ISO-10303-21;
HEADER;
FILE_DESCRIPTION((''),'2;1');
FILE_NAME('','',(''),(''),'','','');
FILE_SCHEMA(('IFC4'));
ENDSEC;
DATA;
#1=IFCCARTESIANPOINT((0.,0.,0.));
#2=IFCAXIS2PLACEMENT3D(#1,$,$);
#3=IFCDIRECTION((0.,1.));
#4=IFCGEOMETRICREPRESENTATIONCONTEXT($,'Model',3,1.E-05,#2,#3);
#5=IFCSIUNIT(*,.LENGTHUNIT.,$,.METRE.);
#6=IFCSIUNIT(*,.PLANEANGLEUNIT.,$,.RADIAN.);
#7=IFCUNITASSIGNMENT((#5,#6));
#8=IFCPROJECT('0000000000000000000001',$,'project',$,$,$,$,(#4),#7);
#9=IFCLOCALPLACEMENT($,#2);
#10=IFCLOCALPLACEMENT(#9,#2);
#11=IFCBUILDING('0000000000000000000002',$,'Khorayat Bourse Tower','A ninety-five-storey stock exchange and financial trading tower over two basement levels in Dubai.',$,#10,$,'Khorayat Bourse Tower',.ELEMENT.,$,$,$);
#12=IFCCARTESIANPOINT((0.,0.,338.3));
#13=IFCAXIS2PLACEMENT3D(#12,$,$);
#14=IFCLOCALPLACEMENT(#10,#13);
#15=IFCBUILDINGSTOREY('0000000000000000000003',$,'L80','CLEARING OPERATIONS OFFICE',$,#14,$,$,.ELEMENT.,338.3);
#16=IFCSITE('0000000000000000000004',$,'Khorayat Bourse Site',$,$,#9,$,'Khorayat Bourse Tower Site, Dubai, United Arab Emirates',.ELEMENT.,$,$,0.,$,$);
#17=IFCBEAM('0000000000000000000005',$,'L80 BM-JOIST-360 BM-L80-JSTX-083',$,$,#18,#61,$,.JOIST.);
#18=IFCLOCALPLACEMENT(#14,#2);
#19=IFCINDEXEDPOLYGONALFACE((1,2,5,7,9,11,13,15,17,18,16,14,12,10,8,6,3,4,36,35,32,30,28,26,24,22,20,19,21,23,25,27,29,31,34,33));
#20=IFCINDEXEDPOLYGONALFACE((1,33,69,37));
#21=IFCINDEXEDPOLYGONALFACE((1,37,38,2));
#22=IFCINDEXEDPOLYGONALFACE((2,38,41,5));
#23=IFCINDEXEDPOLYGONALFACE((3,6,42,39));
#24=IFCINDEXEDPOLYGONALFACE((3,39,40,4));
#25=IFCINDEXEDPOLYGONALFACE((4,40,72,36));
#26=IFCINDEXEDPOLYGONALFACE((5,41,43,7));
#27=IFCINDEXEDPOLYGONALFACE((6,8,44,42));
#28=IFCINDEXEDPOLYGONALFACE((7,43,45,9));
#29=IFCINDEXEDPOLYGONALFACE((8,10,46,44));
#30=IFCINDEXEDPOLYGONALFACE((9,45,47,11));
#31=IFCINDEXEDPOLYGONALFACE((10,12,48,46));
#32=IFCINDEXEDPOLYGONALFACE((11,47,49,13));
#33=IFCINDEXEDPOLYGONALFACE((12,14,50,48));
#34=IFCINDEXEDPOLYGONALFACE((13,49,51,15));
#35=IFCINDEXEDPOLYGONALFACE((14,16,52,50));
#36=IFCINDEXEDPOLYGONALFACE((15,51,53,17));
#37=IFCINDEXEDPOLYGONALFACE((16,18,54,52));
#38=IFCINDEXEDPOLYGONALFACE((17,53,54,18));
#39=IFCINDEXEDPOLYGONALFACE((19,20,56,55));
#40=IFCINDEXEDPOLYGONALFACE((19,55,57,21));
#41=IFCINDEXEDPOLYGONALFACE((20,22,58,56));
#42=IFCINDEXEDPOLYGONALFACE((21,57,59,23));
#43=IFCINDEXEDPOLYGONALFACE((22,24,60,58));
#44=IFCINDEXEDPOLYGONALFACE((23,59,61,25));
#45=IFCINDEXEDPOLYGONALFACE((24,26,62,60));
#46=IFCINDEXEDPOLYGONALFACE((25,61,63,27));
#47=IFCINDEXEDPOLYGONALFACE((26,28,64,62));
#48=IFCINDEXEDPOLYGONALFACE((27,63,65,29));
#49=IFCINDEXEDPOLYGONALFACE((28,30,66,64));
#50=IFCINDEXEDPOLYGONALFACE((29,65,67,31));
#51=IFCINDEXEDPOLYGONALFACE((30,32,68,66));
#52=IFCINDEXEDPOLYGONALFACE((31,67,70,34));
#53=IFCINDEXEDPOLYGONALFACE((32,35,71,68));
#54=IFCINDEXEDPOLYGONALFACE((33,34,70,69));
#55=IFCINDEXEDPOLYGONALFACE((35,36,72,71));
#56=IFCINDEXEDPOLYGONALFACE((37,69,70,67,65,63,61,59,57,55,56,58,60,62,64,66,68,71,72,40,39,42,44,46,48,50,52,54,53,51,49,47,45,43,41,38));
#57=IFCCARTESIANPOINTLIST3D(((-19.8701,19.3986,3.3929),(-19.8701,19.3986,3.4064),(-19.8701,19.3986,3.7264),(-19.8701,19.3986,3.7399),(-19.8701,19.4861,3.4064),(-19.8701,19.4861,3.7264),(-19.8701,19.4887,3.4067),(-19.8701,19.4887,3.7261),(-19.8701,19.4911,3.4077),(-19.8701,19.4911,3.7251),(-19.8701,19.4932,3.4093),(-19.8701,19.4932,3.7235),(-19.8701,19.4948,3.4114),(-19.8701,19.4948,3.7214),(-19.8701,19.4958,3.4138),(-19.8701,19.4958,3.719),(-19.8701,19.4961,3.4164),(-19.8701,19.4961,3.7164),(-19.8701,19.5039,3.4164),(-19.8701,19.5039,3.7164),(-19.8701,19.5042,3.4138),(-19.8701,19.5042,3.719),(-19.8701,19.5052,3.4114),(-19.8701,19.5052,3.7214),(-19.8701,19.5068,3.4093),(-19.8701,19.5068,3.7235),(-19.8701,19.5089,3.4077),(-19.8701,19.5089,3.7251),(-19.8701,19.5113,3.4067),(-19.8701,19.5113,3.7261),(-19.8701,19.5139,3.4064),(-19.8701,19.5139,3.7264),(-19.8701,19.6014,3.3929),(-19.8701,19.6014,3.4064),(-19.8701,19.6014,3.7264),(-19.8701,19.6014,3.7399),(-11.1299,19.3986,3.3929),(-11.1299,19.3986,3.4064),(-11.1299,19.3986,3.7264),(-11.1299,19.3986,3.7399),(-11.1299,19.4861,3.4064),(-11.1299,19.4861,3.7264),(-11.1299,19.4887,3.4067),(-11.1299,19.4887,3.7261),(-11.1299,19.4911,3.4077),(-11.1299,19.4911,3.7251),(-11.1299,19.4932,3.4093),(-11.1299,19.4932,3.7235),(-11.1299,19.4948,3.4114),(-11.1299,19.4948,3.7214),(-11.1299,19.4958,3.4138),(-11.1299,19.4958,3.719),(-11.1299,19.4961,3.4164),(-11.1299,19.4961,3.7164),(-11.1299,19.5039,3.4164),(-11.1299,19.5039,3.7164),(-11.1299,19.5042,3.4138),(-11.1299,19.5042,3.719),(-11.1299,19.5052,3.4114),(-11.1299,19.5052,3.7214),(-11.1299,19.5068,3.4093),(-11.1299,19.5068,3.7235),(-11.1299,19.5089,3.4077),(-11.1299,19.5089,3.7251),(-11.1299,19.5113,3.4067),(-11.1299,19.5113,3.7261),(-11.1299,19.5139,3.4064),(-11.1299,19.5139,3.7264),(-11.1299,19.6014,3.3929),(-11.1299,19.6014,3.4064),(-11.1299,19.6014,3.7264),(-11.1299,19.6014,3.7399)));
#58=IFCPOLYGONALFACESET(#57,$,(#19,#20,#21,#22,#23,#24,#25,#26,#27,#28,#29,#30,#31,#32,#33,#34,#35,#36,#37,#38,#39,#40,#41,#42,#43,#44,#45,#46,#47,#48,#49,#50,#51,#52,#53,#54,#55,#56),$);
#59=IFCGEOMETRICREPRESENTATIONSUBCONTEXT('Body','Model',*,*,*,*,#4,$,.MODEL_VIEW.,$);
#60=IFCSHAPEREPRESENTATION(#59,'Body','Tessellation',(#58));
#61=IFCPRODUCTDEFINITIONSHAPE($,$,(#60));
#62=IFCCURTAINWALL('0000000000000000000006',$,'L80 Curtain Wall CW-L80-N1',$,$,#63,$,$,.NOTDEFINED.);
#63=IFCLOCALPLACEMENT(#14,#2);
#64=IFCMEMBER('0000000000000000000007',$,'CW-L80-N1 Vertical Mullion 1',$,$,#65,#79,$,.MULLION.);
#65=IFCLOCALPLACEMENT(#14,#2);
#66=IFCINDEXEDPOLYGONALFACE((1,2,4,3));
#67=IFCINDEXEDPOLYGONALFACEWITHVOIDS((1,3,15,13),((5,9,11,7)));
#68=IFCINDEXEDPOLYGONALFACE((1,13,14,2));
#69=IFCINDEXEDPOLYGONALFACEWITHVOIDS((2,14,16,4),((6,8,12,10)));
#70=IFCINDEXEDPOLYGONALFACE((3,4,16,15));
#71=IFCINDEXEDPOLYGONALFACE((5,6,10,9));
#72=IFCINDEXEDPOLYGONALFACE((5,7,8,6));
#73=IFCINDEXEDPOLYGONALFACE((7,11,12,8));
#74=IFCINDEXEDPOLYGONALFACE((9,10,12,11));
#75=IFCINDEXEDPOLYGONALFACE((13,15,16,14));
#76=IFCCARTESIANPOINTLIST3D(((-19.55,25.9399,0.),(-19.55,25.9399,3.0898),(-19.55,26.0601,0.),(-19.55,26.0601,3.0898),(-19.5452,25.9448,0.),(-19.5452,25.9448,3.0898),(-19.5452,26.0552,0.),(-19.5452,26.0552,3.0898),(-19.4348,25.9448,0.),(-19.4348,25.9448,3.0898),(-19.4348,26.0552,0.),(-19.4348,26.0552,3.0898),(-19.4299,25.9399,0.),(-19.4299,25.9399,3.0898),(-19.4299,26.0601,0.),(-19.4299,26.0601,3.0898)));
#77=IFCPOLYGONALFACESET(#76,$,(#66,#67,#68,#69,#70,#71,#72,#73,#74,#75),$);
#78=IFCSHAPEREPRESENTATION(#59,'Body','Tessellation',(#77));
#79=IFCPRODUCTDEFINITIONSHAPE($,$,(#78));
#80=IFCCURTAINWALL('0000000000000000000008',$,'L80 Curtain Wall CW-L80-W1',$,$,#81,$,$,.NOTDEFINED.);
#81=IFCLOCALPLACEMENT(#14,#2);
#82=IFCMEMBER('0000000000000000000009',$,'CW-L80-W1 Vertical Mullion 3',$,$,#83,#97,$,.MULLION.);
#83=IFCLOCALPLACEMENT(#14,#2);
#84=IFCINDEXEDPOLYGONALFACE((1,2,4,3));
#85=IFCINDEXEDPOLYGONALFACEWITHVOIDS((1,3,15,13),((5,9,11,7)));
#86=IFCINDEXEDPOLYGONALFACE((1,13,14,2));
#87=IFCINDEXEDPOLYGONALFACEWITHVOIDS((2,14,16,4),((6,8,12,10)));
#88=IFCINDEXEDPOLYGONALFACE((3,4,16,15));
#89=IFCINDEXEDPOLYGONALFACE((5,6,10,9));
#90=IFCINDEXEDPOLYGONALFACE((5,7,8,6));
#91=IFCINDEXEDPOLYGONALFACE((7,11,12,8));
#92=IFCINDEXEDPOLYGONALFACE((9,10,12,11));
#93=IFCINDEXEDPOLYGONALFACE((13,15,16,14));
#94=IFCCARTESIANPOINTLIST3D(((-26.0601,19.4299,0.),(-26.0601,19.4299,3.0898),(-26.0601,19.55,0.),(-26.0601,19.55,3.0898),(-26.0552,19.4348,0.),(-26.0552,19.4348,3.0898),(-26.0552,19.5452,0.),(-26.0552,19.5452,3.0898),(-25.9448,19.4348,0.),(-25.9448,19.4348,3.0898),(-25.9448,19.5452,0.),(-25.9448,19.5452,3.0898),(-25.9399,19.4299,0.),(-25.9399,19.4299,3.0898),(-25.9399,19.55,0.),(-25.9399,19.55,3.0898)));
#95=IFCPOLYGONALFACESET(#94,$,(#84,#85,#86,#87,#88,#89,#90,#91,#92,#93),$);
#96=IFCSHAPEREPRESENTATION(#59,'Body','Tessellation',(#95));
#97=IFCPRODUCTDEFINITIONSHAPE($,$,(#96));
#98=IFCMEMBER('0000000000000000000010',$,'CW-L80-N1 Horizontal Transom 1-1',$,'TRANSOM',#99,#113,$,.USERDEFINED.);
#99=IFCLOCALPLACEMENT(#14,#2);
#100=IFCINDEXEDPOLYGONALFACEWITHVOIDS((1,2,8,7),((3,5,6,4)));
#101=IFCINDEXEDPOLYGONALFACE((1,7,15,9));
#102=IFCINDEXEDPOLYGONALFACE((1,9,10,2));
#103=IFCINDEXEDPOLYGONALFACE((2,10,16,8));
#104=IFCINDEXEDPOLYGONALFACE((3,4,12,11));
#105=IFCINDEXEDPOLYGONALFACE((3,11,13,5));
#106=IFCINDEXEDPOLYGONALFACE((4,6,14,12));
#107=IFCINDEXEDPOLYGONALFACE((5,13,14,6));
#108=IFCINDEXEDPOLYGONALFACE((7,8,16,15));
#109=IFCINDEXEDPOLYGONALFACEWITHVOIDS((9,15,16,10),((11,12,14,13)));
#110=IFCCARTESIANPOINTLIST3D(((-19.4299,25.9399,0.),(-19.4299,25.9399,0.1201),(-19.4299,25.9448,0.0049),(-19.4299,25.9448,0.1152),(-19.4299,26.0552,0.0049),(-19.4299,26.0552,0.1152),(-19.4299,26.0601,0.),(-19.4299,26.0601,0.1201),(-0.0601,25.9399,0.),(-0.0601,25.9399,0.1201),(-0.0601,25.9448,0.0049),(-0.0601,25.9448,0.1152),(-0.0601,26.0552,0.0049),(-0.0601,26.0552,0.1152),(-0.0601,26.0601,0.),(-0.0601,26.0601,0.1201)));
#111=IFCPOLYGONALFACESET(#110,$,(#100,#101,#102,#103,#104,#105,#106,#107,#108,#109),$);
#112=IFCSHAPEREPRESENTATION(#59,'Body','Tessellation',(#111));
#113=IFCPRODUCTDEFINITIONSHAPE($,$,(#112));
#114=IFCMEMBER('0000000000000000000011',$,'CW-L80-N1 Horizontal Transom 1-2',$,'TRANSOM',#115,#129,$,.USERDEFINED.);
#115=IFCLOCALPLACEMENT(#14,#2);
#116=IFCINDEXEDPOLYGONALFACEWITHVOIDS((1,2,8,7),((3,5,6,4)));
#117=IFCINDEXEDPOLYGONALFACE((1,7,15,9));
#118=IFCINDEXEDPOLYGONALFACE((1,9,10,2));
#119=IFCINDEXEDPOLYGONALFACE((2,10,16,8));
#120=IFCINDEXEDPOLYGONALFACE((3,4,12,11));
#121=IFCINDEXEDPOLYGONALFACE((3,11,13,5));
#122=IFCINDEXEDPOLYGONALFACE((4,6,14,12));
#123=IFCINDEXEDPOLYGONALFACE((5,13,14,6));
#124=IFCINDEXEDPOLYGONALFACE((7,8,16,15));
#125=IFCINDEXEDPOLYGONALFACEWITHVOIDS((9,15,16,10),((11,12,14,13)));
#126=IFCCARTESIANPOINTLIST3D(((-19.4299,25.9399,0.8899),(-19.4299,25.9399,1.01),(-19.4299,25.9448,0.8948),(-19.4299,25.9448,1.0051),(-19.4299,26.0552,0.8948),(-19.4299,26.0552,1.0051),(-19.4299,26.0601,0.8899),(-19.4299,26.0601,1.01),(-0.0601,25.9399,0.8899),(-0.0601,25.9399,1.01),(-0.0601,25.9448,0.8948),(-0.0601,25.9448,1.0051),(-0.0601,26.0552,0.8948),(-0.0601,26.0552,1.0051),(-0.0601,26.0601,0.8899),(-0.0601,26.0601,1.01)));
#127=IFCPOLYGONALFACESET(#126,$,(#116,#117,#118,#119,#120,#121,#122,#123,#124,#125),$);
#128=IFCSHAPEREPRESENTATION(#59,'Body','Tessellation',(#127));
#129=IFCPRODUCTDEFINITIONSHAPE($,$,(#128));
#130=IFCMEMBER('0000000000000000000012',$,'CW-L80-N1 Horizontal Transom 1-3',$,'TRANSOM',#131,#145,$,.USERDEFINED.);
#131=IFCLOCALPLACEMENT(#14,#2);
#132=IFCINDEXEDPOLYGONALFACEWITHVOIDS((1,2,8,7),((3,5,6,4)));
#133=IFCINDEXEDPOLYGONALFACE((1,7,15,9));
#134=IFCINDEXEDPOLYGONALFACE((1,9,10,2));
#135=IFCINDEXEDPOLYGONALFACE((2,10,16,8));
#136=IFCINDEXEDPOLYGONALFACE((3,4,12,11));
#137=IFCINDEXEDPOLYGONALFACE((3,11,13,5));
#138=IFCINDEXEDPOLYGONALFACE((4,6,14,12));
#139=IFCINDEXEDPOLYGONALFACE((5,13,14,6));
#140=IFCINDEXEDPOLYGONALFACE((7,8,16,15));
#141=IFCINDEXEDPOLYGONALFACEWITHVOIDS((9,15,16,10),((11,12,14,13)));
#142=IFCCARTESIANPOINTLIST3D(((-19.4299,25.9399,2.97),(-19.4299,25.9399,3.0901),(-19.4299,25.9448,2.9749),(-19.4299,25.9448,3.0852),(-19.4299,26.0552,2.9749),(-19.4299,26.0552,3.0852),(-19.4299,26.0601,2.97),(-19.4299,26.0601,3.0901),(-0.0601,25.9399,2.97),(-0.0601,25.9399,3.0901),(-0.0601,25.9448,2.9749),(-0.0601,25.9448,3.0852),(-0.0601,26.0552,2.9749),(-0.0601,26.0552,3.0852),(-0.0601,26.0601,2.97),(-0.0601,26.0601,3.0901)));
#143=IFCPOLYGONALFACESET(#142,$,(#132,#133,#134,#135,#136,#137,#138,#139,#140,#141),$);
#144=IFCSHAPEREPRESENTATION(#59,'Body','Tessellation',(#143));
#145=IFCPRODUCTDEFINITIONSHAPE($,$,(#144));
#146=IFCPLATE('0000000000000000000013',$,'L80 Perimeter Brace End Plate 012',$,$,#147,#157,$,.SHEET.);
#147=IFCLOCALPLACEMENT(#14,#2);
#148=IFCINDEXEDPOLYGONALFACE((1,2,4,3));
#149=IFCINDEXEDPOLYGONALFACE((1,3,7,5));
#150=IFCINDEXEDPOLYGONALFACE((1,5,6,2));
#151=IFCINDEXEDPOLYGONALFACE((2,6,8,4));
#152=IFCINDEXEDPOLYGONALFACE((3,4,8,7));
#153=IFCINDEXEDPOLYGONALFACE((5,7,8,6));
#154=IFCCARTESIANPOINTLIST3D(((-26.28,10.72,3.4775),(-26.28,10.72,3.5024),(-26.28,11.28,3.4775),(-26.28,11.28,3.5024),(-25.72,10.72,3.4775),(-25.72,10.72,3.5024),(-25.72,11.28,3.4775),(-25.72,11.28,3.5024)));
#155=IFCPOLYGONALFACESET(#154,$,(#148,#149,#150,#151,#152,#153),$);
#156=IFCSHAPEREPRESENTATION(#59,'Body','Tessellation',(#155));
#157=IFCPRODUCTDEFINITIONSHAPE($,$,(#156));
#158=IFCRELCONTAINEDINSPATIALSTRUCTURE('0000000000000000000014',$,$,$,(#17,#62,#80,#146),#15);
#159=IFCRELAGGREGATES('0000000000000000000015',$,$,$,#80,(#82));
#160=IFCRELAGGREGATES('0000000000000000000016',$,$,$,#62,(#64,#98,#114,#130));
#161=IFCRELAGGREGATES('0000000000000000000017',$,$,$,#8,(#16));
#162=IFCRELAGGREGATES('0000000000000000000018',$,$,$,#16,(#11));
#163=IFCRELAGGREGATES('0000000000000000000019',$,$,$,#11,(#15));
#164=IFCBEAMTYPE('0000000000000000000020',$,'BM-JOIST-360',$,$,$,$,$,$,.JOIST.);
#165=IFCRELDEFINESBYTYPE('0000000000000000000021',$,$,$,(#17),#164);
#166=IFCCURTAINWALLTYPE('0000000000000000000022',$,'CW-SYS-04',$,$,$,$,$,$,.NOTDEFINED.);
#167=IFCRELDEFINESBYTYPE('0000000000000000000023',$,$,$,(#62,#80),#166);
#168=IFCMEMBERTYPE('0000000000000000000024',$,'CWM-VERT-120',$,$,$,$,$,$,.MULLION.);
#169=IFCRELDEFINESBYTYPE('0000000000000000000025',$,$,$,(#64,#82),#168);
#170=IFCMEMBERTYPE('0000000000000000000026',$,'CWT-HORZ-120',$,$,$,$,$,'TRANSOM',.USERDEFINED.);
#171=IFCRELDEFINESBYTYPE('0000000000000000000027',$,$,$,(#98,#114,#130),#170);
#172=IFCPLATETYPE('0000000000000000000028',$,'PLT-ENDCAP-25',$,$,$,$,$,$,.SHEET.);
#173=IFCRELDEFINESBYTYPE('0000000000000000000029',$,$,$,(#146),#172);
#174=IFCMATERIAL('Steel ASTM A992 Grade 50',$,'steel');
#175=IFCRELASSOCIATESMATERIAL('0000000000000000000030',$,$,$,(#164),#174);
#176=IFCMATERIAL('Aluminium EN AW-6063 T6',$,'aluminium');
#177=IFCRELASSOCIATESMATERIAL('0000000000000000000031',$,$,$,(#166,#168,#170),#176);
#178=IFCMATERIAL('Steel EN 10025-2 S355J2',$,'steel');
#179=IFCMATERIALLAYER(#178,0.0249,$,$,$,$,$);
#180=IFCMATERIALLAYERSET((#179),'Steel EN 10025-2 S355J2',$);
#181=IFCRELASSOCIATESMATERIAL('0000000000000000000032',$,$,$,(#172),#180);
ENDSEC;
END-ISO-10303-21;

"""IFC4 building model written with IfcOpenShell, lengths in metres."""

from ifc_helpers import new_model, si_unit, direction, frame, origin, origin_2d, place, context, subcontext, project, spatial, rectangle, hollow_rectangle, i_section, extrude, source, transform, mapped, material, layer, layer_set, material_profile, profile_set, type_object, element, aggregate, save


model = new_model("IFC4")

# Units and contexts
model_context = context("Model", 3, precision=1e-05, world=origin(), true_north=direction((0.0, 1.0)))
body_context = subcontext(model_context, "Body", "Model", "MODEL_VIEW")
ifc_project = project(units=[si_unit("LENGTHUNIT", "METRE"), si_unit("PLANEANGLEUNIT", "RADIAN")], contexts=[model_context])

# Site, building, storey
site_placement = place(None, origin())
site = spatial("IfcSite", under=ifc_project, at=site_placement, Name="Khorayat Bourse Site", LongName="Khorayat Bourse Tower Site, Dubai, United Arab Emirates", CompositionType="ELEMENT", RefElevation=0.0)
building_placement = place(site_placement, origin())
building = spatial("IfcBuilding", under=site, at=building_placement, Name="Khorayat Bourse Tower", Description="A ninety-five-storey stock exchange and financial trading tower over two basement levels in Dubai.", LongName="Khorayat Bourse Tower", CompositionType="ELEMENT")
storey_placement = place(building_placement, frame((0.0, 0.0, 338.3)))
storey = spatial("IfcBuildingStorey", under=building, at=storey_placement, Name="L80", Description="CLEARING OPERATIONS OFFICE", CompositionType="ELEMENT", Elevation=338.3)

# Shared definitions
ifc_material_1 = material(Name="Steel EN 10025-2 S355J2", Category="steel")

# Beam
ifc_material_2 = material(Name="Steel ASTM A992 Grade 50", Category="steel")
ifc_material_profile_1 = material_profile(ifc_material_2, i_section(OverallWidth=0.2029, OverallDepth=0.3469, WebThickness=0.0078, FlangeThickness=0.0134, FilletRadius=0.01, at=origin_2d()), Name="W360X64")
ifc_profile_set_1 = profile_set([ifc_material_profile_1], Name="Steel ASTM A992 Grade 50")
beam_type_1 = type_object("IfcBeamType", Name="BM-JOIST-360", PredefinedType="JOIST", material=ifc_profile_set_1)
shared_shape_1 = source(origin(), body_context, "Body", "SweptSolid", [
    extrude(i_section(OverallWidth=0.2029, OverallDepth=0.3469, WebThickness=0.0078, FlangeThickness=0.0134, FilletRadius=0.01, at=origin_2d()), origin(), (0.0, 0.0, 1.0), 8.7402),
])
beam_1_placement = place(storey_placement, frame((-19.8701, 19.5, 3.5664), z_axis=(1.0, 0.0, 0.0), x_axis=(0.0, 1.0, 0.0)))
element("IfcBeam", 1, at=beam_1_placement, inside=storey, type_object=beam_type_1, Name="L80 BM-JOIST-360 BM-L80-JSTX-083", PredefinedType="JOIST", context=body_context, shape_type="MappedRepresentation", body=[
    mapped(shared_shape_1, transform((0.0, 0.0, 0.0), scale=1.0)),
])

# Curtain walls, members
ifc_material_3 = material(Name="Aluminium EN AW-6063 T6", Category="aluminium")
curtain_wall_type = type_object("IfcCurtainWallType", Name="CW-SYS-04", PredefinedType="NOTDEFINED", material=ifc_material_3)
curtain_wall_1_placement = place(storey_placement, origin())
curtain_wall_1 = element("IfcCurtainWall", 2, at=curtain_wall_1_placement, inside=storey, type_object=curtain_wall_type, Name="L80 Curtain Wall CW-L80-N1", PredefinedType="NOTDEFINED")
ifc_material_profile_2 = material_profile(ifc_material_3, hollow_rectangle(XDim=0.1201, YDim=0.1201, WallThickness=0.0049, at=origin_2d()), Name="ALU 120x120x5")
ifc_profile_set_2 = profile_set([ifc_material_profile_2], Name="Aluminium EN AW-6063 T6")
member_type_1 = type_object("IfcMemberType", Name="CWM-VERT-120", PredefinedType="MULLION", material=ifc_profile_set_2)
shared_shape_2 = source(origin(), body_context, "Body", "SweptSolid", [
    extrude(hollow_rectangle(XDim=0.1201, YDim=0.1201, WallThickness=0.0049, at=origin_2d()), origin(), (0.0, 0.0, 1.0), 3.0898),
])
member_1_placement = place(storey_placement, frame((-19.49, 26.0, 0.0), z_axis=(0.0, 0.0, 1.0), x_axis=(0.0, 1.0, 0.0)))
member_1 = element("IfcMember", 3, at=member_1_placement, type_object=member_type_1, Name="CW-L80-N1 Vertical Mullion 1", PredefinedType="MULLION", context=body_context, shape_type="MappedRepresentation", body=[
    mapped(shared_shape_2, transform((0.0, 0.0, 0.0), scale=1.0)),
])
curtain_wall_2_placement = place(storey_placement, origin())
curtain_wall_2 = element("IfcCurtainWall", 4, at=curtain_wall_2_placement, inside=storey, type_object=curtain_wall_type, Name="L80 Curtain Wall CW-L80-W1", PredefinedType="NOTDEFINED")
member_2_placement = place(storey_placement, frame((-26.0, 19.49, 0.0), z_axis=(0.0, 0.0, 1.0), x_axis=(-1.0, 0.0, 0.0)))
member_2 = element("IfcMember", 5, at=member_2_placement, type_object=member_type_1, Name="CW-L80-W1 Vertical Mullion 3", PredefinedType="MULLION", context=body_context, shape_type="MappedRepresentation", body=[
    mapped(shared_shape_2, transform((0.0, 0.0, 0.0), scale=1.0)),
])
aggregate(curtain_wall_2, [member_2])

# Members
ifc_material_profile_3 = material_profile(ifc_material_3, hollow_rectangle(XDim=0.1201, YDim=0.1201, WallThickness=0.0049, at=origin_2d()), Name="ALU 120x120x5")
ifc_profile_set_3 = profile_set([ifc_material_profile_3], Name="Aluminium EN AW-6063 T6")
member_type_2 = type_object("IfcMemberType", Name="CWT-HORZ-120", ElementType="TRANSOM", PredefinedType="USERDEFINED", material=ifc_profile_set_3)
shared_shape_3 = source(origin(), body_context, "Body", "SweptSolid", [
    extrude(hollow_rectangle(XDim=0.1201, YDim=0.1201, WallThickness=0.0049, at=origin_2d()), origin(), (0.0, 0.0, 1.0), 19.3699),
])
member_3_placement = place(storey_placement, frame((-19.4299, 26.0, 0.0601), z_axis=(1.0, 0.0, 0.0), x_axis=(0.0, 1.0, 0.0)))
member_3 = element("IfcMember", 6, at=member_3_placement, type_object=member_type_2, Name="CW-L80-N1 Horizontal Transom 1-1", ObjectType="TRANSOM", PredefinedType="USERDEFINED", context=body_context, shape_type="MappedRepresentation", body=[
    mapped(shared_shape_3, transform((0.0, 0.0, 0.0), scale=1.0)),
])
member_4_placement = place(storey_placement, frame((-19.4299, 26.0, 0.95), z_axis=(1.0, 0.0, 0.0), x_axis=(0.0, 1.0, 0.0)))
member_4 = element("IfcMember", 7, at=member_4_placement, type_object=member_type_2, Name="CW-L80-N1 Horizontal Transom 1-2", ObjectType="TRANSOM", PredefinedType="USERDEFINED", context=body_context, shape_type="MappedRepresentation", body=[
    mapped(shared_shape_3, transform((0.0, 0.0, 0.0), scale=1.0)),
])
member_5_placement = place(storey_placement, frame((-19.4299, 26.0, 3.03), z_axis=(1.0, 0.0, 0.0), x_axis=(0.0, 1.0, 0.0)))
member_5 = element("IfcMember", 8, at=member_5_placement, type_object=member_type_2, Name="CW-L80-N1 Horizontal Transom 1-3", ObjectType="TRANSOM", PredefinedType="USERDEFINED", context=body_context, shape_type="MappedRepresentation", body=[
    mapped(shared_shape_3, transform((0.0, 0.0, 0.0), scale=1.0)),
])
aggregate(curtain_wall_1, [member_1, member_3, member_4, member_5])

# Plate
ifc_layer_1 = layer(ifc_material_1, 0.0249)
ifc_layer_set_1 = layer_set([ifc_layer_1], Name="Steel EN 10025-2 S355J2")
plate_type = type_object("IfcPlateType", Name="PLT-ENDCAP-25", PredefinedType="SHEET", material=ifc_layer_set_1)
shared_shape_4 = source(origin(), body_context, "Body", "SweptSolid", [
    extrude(rectangle(XDim=0.5601, YDim=0.5601, at=origin_2d()), origin(), (0.0, 0.0, 1.0), 0.0249),
])
plate_placement = place(storey_placement, frame((-26.0, 11.0, 3.4775), z_axis=(0.0, 0.0, 1.0), x_axis=(1.0, 0.0, 0.0)))
element("IfcPlate", 9, at=plate_placement, inside=storey, type_object=plate_type, Name="L80 Perimeter Brace End Plate 012", PredefinedType="SHEET", context=body_context, shape_type="MappedRepresentation", body=[
    mapped(shared_shape_4, transform((0.0, 0.0, 0.0), scale=1.0)),
])

save(model, "model.ifc")
